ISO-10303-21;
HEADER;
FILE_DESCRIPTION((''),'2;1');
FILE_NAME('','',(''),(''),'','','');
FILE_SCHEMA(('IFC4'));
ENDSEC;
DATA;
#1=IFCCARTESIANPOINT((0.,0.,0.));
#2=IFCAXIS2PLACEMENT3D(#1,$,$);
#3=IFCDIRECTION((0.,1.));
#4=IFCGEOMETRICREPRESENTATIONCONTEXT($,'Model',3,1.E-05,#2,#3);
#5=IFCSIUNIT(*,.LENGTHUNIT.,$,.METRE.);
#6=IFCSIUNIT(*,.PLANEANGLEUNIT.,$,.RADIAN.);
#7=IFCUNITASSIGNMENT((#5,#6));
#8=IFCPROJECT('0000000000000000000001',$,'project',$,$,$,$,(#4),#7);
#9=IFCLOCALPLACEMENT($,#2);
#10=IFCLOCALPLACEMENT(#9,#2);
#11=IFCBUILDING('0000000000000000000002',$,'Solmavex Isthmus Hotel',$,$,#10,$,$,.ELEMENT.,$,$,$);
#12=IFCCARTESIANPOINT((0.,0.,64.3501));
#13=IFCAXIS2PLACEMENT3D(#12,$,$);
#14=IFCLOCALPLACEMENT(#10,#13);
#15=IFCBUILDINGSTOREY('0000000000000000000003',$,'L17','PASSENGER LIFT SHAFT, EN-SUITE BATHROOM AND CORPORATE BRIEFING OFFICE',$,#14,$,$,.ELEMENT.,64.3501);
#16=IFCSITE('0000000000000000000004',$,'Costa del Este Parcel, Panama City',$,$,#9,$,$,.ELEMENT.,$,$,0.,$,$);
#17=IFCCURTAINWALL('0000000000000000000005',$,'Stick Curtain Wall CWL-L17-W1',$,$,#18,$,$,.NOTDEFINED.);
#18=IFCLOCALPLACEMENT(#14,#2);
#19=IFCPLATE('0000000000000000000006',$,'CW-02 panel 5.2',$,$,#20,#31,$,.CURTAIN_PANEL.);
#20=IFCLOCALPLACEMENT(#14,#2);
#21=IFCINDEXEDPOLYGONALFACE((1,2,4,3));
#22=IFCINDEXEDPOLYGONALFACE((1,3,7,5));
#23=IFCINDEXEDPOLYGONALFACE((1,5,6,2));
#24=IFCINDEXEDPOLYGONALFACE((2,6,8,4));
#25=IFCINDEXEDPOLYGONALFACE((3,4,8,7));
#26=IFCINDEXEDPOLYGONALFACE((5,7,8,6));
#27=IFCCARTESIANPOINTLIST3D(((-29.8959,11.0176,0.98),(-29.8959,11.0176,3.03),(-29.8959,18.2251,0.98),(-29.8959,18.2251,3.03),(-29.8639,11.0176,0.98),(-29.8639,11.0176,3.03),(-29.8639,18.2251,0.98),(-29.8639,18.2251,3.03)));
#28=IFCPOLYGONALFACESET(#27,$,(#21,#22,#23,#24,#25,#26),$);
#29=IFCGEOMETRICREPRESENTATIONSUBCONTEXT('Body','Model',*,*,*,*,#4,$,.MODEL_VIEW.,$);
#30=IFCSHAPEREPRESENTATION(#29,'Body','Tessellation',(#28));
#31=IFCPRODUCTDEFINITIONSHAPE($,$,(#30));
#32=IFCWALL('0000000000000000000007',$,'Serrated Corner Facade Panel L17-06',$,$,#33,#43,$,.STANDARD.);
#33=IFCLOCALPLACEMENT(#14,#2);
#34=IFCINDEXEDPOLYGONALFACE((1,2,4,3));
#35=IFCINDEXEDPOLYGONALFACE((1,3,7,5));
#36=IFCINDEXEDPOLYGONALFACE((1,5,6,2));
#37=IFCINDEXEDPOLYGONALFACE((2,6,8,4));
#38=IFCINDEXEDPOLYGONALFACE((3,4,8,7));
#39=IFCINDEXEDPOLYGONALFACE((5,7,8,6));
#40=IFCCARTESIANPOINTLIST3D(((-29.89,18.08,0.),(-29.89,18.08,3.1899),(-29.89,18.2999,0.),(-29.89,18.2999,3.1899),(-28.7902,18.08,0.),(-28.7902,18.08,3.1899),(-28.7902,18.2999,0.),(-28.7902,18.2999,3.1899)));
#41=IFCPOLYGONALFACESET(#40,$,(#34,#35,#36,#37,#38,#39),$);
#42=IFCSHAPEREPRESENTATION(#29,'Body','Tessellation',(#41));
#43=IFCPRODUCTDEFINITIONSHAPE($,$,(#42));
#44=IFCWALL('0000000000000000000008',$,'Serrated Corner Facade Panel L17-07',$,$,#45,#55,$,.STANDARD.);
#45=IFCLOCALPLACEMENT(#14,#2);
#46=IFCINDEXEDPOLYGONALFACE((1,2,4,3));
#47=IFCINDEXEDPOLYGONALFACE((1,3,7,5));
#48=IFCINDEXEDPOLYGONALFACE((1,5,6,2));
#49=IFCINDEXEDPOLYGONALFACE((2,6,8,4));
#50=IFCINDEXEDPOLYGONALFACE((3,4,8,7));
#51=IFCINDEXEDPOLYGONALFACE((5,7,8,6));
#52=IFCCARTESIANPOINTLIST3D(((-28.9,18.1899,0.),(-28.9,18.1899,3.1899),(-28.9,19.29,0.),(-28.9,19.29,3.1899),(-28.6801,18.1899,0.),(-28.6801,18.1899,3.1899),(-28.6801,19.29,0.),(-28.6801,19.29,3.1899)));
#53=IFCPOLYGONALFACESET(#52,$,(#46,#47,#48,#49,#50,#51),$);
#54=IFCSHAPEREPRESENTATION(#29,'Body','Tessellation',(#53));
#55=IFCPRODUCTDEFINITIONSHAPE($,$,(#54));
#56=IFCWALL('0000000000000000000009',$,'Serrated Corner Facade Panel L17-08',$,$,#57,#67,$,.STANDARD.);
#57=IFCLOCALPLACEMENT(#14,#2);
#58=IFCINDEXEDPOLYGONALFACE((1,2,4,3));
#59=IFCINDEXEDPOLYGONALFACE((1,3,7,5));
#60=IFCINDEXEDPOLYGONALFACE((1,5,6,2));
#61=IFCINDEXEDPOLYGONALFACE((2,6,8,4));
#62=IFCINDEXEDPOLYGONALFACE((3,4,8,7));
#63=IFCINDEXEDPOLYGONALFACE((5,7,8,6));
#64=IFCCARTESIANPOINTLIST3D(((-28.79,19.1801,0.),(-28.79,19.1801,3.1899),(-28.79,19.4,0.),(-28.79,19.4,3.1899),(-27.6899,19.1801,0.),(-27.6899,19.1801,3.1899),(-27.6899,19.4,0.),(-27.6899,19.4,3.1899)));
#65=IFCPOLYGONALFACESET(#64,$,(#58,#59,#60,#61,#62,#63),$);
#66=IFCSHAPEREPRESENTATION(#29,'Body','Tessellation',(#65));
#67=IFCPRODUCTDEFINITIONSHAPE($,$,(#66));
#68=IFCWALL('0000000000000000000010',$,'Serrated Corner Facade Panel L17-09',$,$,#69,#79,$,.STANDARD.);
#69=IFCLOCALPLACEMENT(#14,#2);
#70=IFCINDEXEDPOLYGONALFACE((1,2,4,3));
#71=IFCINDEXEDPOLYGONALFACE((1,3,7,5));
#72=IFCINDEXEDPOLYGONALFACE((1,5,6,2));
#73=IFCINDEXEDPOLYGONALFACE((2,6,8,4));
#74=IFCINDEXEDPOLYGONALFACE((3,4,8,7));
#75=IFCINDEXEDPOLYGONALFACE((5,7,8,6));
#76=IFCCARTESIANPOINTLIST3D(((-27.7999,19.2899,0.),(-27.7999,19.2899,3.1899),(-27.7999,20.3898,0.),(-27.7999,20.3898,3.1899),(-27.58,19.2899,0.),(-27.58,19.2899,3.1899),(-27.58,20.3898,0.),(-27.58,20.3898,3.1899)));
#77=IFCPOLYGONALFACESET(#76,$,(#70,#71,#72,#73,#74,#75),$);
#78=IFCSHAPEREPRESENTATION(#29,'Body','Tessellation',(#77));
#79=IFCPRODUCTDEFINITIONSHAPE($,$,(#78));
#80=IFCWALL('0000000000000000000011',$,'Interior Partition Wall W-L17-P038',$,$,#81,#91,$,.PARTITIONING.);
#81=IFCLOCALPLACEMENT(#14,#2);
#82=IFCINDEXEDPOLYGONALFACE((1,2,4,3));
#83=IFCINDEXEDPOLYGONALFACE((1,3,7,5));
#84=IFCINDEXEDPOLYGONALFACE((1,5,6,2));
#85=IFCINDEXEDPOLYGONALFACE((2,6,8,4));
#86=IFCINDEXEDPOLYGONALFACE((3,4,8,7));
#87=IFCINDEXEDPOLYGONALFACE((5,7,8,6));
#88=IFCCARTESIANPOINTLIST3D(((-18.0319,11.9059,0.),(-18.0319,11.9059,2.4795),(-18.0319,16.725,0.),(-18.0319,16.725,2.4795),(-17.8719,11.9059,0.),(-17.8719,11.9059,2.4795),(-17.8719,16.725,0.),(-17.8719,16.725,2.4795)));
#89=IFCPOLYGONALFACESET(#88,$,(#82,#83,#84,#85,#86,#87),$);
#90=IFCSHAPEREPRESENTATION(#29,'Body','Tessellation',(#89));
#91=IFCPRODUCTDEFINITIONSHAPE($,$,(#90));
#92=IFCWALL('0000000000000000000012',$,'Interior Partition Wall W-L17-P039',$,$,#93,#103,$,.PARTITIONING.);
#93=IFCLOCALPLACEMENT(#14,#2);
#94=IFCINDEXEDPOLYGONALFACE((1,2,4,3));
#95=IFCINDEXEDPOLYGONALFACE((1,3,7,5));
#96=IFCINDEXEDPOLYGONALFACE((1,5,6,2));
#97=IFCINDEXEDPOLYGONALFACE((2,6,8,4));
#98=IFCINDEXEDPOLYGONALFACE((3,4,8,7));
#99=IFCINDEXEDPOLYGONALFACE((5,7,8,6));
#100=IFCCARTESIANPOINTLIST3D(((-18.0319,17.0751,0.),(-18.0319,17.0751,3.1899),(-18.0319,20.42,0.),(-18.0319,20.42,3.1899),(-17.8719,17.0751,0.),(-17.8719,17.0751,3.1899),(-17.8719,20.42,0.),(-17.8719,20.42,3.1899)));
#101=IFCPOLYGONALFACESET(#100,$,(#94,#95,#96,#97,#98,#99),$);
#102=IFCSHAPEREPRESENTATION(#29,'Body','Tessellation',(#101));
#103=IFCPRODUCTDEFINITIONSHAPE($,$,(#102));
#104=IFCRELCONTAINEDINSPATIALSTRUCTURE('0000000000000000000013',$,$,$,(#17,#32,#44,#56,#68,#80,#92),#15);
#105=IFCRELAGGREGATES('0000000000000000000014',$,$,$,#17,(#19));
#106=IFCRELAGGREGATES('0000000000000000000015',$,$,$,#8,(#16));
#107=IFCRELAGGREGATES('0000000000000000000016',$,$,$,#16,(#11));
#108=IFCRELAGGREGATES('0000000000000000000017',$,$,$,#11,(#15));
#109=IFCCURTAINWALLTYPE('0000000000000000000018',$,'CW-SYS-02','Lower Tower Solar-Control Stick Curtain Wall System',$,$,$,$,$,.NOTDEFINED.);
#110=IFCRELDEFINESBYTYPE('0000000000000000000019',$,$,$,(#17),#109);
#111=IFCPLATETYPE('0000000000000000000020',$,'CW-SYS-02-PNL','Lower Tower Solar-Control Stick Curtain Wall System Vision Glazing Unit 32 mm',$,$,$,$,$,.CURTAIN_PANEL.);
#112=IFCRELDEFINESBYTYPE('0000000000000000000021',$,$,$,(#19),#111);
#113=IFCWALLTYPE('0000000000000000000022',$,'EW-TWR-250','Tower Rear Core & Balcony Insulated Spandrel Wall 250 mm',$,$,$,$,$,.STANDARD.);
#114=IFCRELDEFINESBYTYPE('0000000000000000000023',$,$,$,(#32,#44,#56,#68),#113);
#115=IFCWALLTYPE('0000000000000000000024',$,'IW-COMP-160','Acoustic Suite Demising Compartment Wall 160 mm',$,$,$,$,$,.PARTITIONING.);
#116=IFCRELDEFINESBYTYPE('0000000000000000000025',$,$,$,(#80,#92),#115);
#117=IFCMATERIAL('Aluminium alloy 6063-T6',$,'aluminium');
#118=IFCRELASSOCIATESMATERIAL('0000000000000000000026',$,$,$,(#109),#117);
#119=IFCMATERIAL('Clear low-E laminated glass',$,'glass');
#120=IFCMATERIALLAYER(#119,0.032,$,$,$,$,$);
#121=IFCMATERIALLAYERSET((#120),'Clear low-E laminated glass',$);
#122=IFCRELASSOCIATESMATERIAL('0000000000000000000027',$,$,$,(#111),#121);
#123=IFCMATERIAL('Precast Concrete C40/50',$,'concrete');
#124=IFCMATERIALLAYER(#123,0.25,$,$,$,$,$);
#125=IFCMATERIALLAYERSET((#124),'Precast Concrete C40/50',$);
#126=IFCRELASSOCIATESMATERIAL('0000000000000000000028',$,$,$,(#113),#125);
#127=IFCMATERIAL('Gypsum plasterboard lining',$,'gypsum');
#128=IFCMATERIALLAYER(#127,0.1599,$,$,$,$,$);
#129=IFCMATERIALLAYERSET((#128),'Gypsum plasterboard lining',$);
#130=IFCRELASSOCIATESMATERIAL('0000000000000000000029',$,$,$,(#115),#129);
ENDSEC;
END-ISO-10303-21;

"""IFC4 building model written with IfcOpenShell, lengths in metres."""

from ifc_helpers import new_model, si_unit, direction, frame, frame_2d, origin, origin_2d, place, context, subcontext, project, spatial, rectangle, extrude, material, layer, layer_set, type_object, element, aggregate, save


model = new_model("IFC4")

# Units and contexts
model_context = context("Model", 3, precision=1e-05, world=origin(), true_north=direction((0.0, 1.0)))
body_context = subcontext(model_context, "Body", "Model", "MODEL_VIEW")
ifc_project = project(units=[si_unit("LENGTHUNIT", "METRE"), si_unit("PLANEANGLEUNIT", "RADIAN")], contexts=[model_context])

# Site, building, storey
site_placement = place(None, origin())
site = spatial("IfcSite", under=ifc_project, at=site_placement, Name="Costa del Este Parcel, Panama City", CompositionType="ELEMENT", RefElevation=0.0)
building_placement = place(site_placement, origin())
building = spatial("IfcBuilding", under=site, at=building_placement, Name="Solmavex Isthmus Hotel", CompositionType="ELEMENT")
storey_placement = place(building_placement, frame((0.0, 0.0, 64.3501)))
storey = spatial("IfcBuildingStorey", under=building, at=storey_placement, Name="L17", Description="PASSENGER LIFT SHAFT, EN-SUITE BATHROOM AND CORPORATE BRIEFING OFFICE", CompositionType="ELEMENT", Elevation=64.3501)

# Shared definitions
ifc_material_1 = material(Name="Aluminium alloy 6063-T6", Category="aluminium")
curtain_wall_type = type_object("IfcCurtainWallType", Name="CW-SYS-02", Description="Lower Tower Solar-Control Stick Curtain Wall System", PredefinedType="NOTDEFINED", material=ifc_material_1)

# Curtain wall
curtain_wall_1_placement = place(storey_placement, origin())
curtain_wall_1 = element("IfcCurtainWall", 1, at=curtain_wall_1_placement, inside=storey, type_object=curtain_wall_type, Name="Stick Curtain Wall CWL-L17-W1", PredefinedType="NOTDEFINED")

# Plate
ifc_material_2 = material(Name="Clear low-E laminated glass", Category="glass")
ifc_layer_1 = layer(ifc_material_2, 0.032)
ifc_layer_set_1 = layer_set([ifc_layer_1], Name="Clear low-E laminated glass")
plate_type = type_object("IfcPlateType", Name="CW-SYS-02-PNL", Description="Lower Tower Solar-Control Stick Curtain Wall System Vision Glazing Unit 32 mm", PredefinedType="CURTAIN_PANEL", material=ifc_layer_set_1)
plate_1_placement = place(storey_placement, frame((-29.8799, 14.6213, 0.98), z_axis=(0.0, 0.0, 1.0), x_axis=(0.0, 1.0, 0.0)))
plate_1 = element("IfcPlate", 2, at=plate_1_placement, type_object=plate_type, Name="CW-02 panel 5.2", PredefinedType="CURTAIN_PANEL", context=body_context, shape_type="SweptSolid", body=[
    extrude(rectangle(XDim=7.2075, YDim=0.032, at=origin_2d()), origin(), (0.0, 0.0, 1.0), 2.05),
])
aggregate(curtain_wall_1, [plate_1])

# Walls
ifc_material_3 = material(Name="Precast Concrete C40/50", Category="concrete")
ifc_layer_2 = layer(ifc_material_3, 0.25)
ifc_layer_set_2 = layer_set([ifc_layer_2], Name="Precast Concrete C40/50")
wall_type_1 = type_object("IfcWallType", Name="EW-TWR-250", Description="Tower Rear Core & Balcony Insulated Spandrel Wall 250 mm", PredefinedType="STANDARD", material=ifc_layer_set_2)
wall_1_placement = place(storey_placement, frame((-29.8899, 18.1899, 0.0), z_axis=(0.0, 0.0, 1.0), x_axis=(1.0, 0.0, 0.0)))
element("IfcWall", 3, at=wall_1_placement, inside=storey, type_object=wall_type_1, Name="Serrated Corner Facade Panel L17-06", PredefinedType="STANDARD", context=body_context, shape_type="SweptSolid", body=[
    extrude(rectangle(XDim=1.0999, YDim=0.22, at=frame_2d((0.5498, 0.0))), origin(), (0.0, 0.0, 1.0), 3.1899),
])
for number, where, z_axis, x_axis, name in (
    (4, (-28.79, 18.1899, 0.0), (0.0, 0.0, 1.0), (0.0, 1.0, 0.0), "Serrated Corner Facade Panel L17-07"),
    (5, (-28.79, 19.29, 0.0), (0.0, 0.0, 1.0), (1.0, 0.0, 0.0), "Serrated Corner Facade Panel L17-08"),
):
    element("IfcWall", number, at=place(storey_placement, frame(where, z_axis=z_axis, x_axis=x_axis)), inside=storey, type_object=wall_type_1, Name=name, PredefinedType="STANDARD", context=body_context, shape_type="SweptSolid", body=[
        extrude(rectangle(XDim=1.1001, YDim=0.22, at=frame_2d((0.55, 0.0))), origin(), (0.0, 0.0, 1.0), 3.1899),
    ])
wall_2_placement = place(storey_placement, frame((-27.6899, 19.29, 0.0), z_axis=(0.0, 0.0, 1.0), x_axis=(0.0, 1.0, 0.0)))
element("IfcWall", 6, at=wall_2_placement, inside=storey, type_object=wall_type_1, Name="Serrated Corner Facade Panel L17-09", PredefinedType="STANDARD", context=body_context, shape_type="SweptSolid", body=[
    extrude(rectangle(XDim=1.0999, YDim=0.22, at=frame_2d((0.5498, 0.0))), origin(), (0.0, 0.0, 1.0), 3.1899),
])
ifc_material_4 = material(Name="Gypsum plasterboard lining", Category="gypsum")
ifc_layer_3 = layer(ifc_material_4, 0.1599)
ifc_layer_set_3 = layer_set([ifc_layer_3], Name="Gypsum plasterboard lining")
wall_type_2 = type_object("IfcWallType", Name="IW-COMP-160", Description="Acoustic Suite Demising Compartment Wall 160 mm", PredefinedType="PARTITIONING", material=ifc_layer_set_3)
wall_3_placement = place(storey_placement, frame((-17.9519, 16.7251, 0.0), z_axis=(0.0, 0.0, 1.0), x_axis=(0.0, -1.0, 0.0)))
element("IfcWall", 7, at=wall_3_placement, inside=storey, type_object=wall_type_2, Name="Interior Partition Wall W-L17-P038", PredefinedType="PARTITIONING", context=body_context, shape_type="SweptSolid", body=[
    extrude(rectangle(XDim=4.8191, YDim=0.1599, at=frame_2d((2.4097, 0.0))), origin(), (0.0, 0.0, 1.0), 2.4795),
])
wall_4_placement = place(storey_placement, frame((-17.9519, 20.4199, 0.0), z_axis=(0.0, 0.0, 1.0), x_axis=(0.0, -1.0, 0.0)))
element("IfcWall", 8, at=wall_4_placement, inside=storey, type_object=wall_type_2, Name="Interior Partition Wall W-L17-P039", PredefinedType="PARTITIONING", context=body_context, shape_type="SweptSolid", body=[
    extrude(rectangle(XDim=3.345, YDim=0.1599, at=frame_2d((1.6724, 0.0))), origin(), (0.0, 0.0, 1.0), 3.1899),
])

save(model, "model.ifc")
